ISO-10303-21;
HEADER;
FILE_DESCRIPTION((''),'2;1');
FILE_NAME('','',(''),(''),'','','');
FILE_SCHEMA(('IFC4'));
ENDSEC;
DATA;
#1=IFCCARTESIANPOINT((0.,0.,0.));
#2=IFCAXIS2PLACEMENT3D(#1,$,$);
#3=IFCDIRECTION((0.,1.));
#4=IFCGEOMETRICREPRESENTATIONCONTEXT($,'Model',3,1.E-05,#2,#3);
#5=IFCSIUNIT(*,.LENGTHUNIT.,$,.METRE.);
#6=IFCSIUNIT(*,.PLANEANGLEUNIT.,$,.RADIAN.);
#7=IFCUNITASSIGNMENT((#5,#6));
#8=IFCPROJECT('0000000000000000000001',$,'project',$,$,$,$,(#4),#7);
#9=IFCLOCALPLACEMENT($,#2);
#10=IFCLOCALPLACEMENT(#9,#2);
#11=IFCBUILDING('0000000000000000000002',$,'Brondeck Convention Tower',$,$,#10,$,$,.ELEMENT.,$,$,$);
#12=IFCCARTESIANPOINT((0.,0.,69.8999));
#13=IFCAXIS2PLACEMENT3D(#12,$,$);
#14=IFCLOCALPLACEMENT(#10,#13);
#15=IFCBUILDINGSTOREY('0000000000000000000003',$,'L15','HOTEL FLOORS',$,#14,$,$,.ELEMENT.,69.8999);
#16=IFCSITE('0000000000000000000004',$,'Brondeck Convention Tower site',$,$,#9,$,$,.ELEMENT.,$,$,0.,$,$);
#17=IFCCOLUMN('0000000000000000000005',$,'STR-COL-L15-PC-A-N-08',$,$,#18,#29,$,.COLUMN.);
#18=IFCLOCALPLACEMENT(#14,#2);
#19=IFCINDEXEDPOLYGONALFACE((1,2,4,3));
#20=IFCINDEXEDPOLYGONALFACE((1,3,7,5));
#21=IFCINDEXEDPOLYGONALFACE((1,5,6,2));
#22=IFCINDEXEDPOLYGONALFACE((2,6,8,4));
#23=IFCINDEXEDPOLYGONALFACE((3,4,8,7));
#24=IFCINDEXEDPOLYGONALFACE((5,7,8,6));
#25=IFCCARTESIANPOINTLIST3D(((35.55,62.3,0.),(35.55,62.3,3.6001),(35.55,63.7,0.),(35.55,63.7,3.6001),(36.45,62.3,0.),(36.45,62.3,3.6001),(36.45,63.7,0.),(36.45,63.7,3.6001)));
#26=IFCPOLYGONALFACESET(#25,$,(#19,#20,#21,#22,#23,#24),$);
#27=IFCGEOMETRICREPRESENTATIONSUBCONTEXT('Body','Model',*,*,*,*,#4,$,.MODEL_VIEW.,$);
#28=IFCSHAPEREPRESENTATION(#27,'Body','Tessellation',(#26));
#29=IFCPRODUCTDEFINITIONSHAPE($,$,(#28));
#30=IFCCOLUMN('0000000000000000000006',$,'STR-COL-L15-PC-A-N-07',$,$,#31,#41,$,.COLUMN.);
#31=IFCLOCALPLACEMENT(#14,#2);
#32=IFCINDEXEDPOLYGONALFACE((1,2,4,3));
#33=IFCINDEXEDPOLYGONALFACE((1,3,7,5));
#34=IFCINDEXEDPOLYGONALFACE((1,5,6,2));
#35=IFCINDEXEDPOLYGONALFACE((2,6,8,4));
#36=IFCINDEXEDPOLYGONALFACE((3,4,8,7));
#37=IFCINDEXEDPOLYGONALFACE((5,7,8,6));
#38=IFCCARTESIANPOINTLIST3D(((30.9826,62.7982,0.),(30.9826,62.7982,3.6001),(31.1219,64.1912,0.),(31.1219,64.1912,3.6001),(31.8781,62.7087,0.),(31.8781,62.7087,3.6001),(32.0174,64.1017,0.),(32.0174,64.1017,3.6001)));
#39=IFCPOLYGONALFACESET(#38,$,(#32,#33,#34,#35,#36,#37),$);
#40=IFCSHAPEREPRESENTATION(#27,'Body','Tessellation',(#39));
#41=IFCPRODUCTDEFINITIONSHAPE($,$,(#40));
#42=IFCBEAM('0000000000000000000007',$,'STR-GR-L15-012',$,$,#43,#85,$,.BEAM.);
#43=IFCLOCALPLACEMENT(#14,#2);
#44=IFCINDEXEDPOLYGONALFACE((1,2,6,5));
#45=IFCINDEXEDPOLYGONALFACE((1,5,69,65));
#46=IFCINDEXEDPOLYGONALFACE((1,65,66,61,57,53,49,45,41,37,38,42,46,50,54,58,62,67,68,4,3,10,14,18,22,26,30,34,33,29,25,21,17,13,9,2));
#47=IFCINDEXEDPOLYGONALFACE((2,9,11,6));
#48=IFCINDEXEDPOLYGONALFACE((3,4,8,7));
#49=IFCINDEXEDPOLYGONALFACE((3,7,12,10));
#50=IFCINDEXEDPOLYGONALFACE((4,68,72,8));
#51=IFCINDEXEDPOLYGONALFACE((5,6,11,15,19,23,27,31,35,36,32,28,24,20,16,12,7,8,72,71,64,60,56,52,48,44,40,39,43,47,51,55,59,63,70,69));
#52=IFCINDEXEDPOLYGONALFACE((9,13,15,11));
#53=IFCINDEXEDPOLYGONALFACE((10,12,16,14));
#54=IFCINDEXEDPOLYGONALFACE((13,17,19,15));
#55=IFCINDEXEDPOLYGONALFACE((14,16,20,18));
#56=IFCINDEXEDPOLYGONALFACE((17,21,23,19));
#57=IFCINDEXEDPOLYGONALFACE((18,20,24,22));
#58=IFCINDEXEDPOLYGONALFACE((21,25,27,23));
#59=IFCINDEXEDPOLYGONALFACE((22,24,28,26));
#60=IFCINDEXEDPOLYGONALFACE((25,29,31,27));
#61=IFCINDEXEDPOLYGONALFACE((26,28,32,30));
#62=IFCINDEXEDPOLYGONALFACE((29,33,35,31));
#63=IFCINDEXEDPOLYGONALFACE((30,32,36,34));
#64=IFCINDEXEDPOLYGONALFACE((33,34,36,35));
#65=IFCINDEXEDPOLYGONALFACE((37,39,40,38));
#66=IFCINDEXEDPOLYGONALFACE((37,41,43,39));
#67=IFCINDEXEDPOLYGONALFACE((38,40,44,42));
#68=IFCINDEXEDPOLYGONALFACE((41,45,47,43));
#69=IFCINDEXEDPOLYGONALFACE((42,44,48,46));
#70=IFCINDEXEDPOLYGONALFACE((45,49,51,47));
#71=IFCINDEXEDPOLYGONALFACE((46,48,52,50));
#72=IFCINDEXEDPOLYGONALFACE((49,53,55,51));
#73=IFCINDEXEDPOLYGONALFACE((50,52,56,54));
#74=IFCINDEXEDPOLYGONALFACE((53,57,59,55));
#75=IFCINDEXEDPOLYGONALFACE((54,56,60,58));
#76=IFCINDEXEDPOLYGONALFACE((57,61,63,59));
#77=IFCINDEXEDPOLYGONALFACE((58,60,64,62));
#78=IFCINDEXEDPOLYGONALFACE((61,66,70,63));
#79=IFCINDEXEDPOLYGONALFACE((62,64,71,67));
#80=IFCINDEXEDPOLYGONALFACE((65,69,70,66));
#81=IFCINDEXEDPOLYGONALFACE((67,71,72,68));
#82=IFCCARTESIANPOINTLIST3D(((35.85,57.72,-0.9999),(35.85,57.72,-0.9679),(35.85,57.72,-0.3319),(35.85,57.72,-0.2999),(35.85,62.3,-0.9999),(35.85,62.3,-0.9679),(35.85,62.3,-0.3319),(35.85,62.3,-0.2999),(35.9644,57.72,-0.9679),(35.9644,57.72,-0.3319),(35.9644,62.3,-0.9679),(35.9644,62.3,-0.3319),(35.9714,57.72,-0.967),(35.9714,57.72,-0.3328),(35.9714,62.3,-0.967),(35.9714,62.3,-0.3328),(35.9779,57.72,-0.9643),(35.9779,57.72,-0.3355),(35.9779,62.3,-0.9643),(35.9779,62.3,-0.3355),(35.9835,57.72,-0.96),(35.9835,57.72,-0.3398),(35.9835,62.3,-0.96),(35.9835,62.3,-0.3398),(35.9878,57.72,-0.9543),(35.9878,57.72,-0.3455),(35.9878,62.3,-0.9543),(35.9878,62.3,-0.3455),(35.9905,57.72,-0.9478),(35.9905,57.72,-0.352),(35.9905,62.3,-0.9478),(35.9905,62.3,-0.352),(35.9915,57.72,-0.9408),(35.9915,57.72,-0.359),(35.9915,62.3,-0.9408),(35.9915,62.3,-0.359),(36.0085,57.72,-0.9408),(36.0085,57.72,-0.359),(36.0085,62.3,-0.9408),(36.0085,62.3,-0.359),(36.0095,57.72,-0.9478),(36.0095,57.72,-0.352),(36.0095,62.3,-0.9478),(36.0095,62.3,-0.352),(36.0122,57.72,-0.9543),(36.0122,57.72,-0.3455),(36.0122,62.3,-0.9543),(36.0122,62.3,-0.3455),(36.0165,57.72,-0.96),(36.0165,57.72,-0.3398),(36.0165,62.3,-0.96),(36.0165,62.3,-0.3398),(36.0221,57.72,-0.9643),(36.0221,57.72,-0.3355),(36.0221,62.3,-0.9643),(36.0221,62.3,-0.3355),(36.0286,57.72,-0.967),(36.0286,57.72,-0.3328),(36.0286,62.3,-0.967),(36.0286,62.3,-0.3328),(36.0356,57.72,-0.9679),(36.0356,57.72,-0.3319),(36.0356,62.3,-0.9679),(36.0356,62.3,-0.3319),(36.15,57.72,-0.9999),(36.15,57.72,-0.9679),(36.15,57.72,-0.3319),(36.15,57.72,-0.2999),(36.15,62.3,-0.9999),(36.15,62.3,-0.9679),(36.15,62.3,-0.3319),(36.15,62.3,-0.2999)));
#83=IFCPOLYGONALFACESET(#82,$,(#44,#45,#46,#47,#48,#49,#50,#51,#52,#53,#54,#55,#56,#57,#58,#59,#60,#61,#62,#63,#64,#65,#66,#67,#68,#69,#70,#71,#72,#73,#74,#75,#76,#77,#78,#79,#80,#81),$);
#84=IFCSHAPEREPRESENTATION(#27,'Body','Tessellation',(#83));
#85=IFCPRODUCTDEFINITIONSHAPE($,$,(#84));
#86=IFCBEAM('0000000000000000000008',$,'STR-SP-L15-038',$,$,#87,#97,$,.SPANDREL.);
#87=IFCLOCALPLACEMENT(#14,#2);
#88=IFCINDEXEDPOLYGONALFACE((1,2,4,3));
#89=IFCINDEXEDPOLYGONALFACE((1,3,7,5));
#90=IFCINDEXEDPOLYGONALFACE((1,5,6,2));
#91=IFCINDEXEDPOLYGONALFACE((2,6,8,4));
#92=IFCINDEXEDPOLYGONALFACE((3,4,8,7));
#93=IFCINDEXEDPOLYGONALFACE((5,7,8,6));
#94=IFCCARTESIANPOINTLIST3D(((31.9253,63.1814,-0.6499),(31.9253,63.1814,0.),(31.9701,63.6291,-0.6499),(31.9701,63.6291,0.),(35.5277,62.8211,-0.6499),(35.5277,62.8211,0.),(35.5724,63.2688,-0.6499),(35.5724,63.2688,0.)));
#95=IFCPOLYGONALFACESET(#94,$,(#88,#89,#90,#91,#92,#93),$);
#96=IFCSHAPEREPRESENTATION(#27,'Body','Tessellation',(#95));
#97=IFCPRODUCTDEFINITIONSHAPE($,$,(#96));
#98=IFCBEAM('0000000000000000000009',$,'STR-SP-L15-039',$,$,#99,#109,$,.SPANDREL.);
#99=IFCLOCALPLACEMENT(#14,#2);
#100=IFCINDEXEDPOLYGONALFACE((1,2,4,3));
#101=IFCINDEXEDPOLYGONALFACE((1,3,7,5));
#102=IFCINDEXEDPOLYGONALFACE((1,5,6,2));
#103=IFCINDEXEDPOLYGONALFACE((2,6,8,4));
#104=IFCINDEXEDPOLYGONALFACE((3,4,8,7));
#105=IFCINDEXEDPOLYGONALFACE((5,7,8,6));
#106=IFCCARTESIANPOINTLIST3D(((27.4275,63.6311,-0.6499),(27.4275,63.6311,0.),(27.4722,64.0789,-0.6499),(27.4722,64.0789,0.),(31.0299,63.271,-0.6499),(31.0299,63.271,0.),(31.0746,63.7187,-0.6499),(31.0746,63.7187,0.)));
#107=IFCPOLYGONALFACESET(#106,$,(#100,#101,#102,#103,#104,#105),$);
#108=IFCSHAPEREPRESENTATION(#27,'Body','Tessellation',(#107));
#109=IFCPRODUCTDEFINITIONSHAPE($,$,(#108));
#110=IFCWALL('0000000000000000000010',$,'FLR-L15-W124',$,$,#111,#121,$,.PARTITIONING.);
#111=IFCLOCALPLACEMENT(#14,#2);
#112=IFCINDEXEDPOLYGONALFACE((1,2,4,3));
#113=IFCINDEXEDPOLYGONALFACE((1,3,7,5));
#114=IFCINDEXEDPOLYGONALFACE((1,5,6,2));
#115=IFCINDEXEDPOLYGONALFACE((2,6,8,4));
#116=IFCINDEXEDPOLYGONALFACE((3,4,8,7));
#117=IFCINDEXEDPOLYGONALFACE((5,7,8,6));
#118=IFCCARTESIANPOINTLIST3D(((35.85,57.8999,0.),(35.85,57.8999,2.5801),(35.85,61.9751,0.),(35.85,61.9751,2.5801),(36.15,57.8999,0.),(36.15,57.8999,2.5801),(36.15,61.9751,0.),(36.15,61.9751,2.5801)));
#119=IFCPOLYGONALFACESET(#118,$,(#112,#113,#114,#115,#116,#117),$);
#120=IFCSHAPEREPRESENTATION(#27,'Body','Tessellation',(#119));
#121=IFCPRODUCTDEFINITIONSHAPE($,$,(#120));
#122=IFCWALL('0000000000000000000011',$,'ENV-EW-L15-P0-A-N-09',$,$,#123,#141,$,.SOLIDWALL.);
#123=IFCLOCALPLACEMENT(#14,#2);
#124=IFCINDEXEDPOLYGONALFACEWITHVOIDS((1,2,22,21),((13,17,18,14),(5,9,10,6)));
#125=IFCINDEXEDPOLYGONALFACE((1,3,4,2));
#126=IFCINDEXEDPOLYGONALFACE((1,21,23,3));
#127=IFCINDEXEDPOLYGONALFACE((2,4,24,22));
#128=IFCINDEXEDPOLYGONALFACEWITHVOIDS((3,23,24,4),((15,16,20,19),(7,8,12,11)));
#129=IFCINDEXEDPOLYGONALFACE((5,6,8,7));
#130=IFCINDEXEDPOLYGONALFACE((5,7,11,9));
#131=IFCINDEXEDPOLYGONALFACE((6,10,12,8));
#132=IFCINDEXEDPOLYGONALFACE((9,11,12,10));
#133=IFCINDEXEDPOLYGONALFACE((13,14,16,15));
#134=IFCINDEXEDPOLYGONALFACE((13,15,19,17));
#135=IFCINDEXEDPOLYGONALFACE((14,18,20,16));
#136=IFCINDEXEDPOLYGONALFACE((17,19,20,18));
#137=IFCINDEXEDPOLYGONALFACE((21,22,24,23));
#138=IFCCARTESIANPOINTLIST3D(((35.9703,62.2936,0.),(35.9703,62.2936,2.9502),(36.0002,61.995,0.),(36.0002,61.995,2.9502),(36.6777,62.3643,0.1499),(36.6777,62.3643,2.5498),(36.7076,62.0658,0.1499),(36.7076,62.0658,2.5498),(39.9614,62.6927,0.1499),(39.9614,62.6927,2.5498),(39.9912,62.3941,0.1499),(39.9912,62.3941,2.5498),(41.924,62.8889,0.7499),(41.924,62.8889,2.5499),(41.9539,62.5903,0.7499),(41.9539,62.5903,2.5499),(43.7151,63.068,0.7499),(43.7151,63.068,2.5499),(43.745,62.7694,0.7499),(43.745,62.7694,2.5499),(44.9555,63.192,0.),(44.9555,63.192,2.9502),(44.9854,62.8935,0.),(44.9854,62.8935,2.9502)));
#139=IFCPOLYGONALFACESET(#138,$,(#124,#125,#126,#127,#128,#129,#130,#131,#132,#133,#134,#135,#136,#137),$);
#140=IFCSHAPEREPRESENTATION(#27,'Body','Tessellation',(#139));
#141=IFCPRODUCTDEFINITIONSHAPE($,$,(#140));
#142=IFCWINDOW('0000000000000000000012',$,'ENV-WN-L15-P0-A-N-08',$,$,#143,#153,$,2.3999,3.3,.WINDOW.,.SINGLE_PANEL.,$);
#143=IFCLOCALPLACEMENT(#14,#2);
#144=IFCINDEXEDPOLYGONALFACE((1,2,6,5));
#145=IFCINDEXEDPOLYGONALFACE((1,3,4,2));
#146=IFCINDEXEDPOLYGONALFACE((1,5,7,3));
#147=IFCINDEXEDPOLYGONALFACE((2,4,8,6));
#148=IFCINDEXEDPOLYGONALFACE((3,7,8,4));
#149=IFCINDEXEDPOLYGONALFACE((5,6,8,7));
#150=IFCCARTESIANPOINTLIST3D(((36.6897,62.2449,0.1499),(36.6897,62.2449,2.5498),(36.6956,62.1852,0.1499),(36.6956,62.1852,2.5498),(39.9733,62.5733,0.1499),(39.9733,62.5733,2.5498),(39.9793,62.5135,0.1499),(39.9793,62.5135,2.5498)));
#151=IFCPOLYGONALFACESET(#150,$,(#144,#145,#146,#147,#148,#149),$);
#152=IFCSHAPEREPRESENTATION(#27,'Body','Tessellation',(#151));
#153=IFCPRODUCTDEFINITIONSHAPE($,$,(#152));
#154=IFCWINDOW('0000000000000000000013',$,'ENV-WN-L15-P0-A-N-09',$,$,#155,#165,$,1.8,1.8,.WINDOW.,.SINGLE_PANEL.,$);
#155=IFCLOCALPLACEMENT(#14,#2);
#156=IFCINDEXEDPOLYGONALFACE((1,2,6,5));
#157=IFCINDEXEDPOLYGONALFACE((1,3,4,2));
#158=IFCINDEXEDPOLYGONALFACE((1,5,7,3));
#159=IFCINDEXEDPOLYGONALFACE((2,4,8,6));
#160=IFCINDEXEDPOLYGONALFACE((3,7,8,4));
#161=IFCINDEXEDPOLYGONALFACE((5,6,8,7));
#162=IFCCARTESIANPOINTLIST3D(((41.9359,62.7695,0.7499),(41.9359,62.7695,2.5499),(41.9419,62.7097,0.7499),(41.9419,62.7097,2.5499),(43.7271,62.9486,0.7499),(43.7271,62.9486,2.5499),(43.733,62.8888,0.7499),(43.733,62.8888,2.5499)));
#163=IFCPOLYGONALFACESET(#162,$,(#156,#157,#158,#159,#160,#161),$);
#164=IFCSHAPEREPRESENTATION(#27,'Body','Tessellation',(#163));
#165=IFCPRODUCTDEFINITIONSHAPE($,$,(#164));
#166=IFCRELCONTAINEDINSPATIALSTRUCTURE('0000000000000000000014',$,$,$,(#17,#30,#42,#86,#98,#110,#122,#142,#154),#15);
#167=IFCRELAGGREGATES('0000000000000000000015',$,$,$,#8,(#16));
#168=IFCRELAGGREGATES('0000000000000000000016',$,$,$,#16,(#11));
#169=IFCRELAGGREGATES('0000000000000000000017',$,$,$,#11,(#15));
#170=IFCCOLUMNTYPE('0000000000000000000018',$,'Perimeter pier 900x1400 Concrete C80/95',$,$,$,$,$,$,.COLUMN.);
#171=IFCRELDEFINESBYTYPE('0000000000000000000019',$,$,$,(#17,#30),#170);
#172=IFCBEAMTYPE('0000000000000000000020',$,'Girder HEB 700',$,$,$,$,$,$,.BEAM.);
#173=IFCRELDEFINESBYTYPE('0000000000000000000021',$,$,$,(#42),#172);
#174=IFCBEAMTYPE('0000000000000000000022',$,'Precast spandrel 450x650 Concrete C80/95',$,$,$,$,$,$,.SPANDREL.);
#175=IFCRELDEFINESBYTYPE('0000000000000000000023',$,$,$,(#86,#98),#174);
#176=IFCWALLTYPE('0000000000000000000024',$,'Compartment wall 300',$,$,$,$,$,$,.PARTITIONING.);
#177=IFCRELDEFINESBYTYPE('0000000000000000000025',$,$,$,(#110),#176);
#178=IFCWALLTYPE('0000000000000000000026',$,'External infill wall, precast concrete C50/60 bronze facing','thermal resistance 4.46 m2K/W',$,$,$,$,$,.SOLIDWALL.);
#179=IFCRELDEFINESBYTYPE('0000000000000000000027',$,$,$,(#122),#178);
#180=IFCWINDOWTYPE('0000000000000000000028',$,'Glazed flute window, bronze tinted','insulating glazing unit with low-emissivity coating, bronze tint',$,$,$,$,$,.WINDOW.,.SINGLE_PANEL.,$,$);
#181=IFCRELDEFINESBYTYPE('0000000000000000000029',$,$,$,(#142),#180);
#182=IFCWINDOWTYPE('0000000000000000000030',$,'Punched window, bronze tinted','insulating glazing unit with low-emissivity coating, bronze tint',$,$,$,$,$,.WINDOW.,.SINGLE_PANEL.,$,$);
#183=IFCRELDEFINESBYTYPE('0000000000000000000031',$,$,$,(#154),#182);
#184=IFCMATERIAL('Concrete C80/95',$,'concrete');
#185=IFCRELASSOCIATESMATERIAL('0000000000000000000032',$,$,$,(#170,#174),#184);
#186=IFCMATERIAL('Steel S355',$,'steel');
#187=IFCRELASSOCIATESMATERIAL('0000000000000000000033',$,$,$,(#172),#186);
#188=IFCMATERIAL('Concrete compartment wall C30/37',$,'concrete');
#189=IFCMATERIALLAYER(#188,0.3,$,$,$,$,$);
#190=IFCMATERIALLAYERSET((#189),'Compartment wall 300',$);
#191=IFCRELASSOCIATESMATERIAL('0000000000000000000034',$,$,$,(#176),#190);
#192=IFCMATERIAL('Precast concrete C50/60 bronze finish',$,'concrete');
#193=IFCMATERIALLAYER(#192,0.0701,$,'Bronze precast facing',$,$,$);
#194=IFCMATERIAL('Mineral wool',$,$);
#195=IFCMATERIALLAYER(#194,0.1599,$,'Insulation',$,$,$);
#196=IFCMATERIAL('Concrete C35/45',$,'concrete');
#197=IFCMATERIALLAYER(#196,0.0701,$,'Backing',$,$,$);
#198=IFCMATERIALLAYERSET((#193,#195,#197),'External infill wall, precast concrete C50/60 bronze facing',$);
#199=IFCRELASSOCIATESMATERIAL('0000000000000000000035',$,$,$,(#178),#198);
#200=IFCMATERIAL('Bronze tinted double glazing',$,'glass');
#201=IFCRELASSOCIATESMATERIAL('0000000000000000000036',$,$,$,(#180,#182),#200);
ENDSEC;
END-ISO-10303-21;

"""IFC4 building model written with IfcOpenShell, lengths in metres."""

from ifc_helpers import new_model, si_unit, direction, frame, frame_2d, origin, origin_2d, place, context, subcontext, project, spatial, rectangle, i_section, extrude, material, layer, layer_set, material_profile, profile_set, type_object, element, fill, save


model = new_model("IFC4")

# Units and contexts
model_context = context("Model", 3, precision=1e-05, world=origin(), true_north=direction((0.0, 1.0)))
body_context = subcontext(model_context, "Body", "Model", "MODEL_VIEW")
ifc_project = project(units=[si_unit("LENGTHUNIT", "METRE"), si_unit("PLANEANGLEUNIT", "RADIAN")], contexts=[model_context])

# Site, building, storey
site_placement = place(None, origin())
site = spatial("IfcSite", under=ifc_project, at=site_placement, Name="Brondeck Convention Tower site", CompositionType="ELEMENT", RefElevation=0.0)
building_placement = place(site_placement, origin())
building = spatial("IfcBuilding", under=site, at=building_placement, Name="Brondeck Convention Tower", CompositionType="ELEMENT")
storey_placement = place(building_placement, frame((0.0, 0.0, 69.8999)))
storey = spatial("IfcBuildingStorey", under=building, at=storey_placement, Name="L15", Description="HOTEL FLOORS", CompositionType="ELEMENT", Elevation=69.8999)

# Columns
ifc_material_1 = material(Name="Concrete C80/95", Category="concrete")
ifc_material_profile_1 = material_profile(ifc_material_1, rectangle(XDim=0.8999, YDim=1.3999, at=origin_2d()), Name="Perimeter pier 900x1400 Concrete C80/95")
ifc_profile_set_1 = profile_set([ifc_material_profile_1], Name="Concrete C80/95")
column_type = type_object("IfcColumnType", Name="Perimeter pier 900x1400 Concrete C80/95", PredefinedType="COLUMN", material=ifc_profile_set_1)
for number, where, z_axis, x_axis, name in (
    (1, (36.0, 63.0, 0.0), (0.0, 0.0, 1.0), (-1.0, 0.0, 0.0), "STR-COL-L15-PC-A-N-08"),
    (2, (31.5, 63.45, 0.0), (0.0, 0.0, 1.0), (-0.995037, 0.099504, 0.0), "STR-COL-L15-PC-A-N-07"),
):
    element("IfcColumn", number, at=place(storey_placement, frame(where, z_axis=z_axis, x_axis=x_axis)), inside=storey, type_object=column_type, Name=name, PredefinedType="COLUMN", context=body_context, shape_type="SweptSolid", body=[
        extrude(rectangle(XDim=0.8999, YDim=1.3999, at=origin_2d()), origin(), (0.0, 0.0, 1.0), 3.6001),
    ])

# Beams
ifc_material_2 = material(Name="Steel S355", Category="steel")
ifc_material_profile_2 = material_profile(ifc_material_2, i_section(OverallWidth=0.3, OverallDepth=0.7, WebThickness=0.0171, FlangeThickness=0.032, FilletRadius=0.0271, at=origin_2d()), Name="HEB 700")
ifc_profile_set_2 = profile_set([ifc_material_profile_2], Name="Steel S355")
beam_type_1 = type_object("IfcBeamType", Name="Girder HEB 700", PredefinedType="BEAM", material=ifc_profile_set_2)
beam_placement = place(storey_placement, frame((36.0, 57.72, -0.6499), z_axis=(0.0, 1.0, 0.0), x_axis=(-1.0, 0.0, 0.0)))
element("IfcBeam", 3, at=beam_placement, inside=storey, type_object=beam_type_1, Name="STR-GR-L15-012", PredefinedType="BEAM", context=body_context, shape_type="SweptSolid", body=[
    extrude(i_section(OverallWidth=0.3, OverallDepth=0.7, WebThickness=0.0171, FlangeThickness=0.032, FilletRadius=0.0271, at=origin_2d()), origin(), (0.0, 0.0, 1.0), 4.5801),
])
ifc_material_profile_3 = material_profile(ifc_material_1, rectangle(XDim=0.45, YDim=0.6499, at=origin_2d()), Name="Precast spandrel 450x650 Concrete C80/95")
ifc_profile_set_3 = profile_set([ifc_material_profile_3], Name="Concrete C80/95")
beam_type_2 = type_object("IfcBeamType", Name="Precast spandrel 450x650 Concrete C80/95", PredefinedType="SPANDREL", material=ifc_profile_set_3)
for number, where, z_axis, x_axis, name in (
    (4, (35.55, 63.0449, -0.325), (-0.995034, 0.099537, 0.0), (-0.099537, -0.995034, 0.0), "STR-SP-L15-038"),
    (5, (31.0522, 63.4949, -0.325), (-0.995041, 0.09947, 0.0), (-0.09947, -0.995041, 0.0), "STR-SP-L15-039"),
):
    element("IfcBeam", number, at=place(storey_placement, frame(where, z_axis=z_axis, x_axis=x_axis)), inside=storey, type_object=beam_type_2, Name=name, PredefinedType="SPANDREL", context=body_context, shape_type="SweptSolid", body=[
        extrude(rectangle(XDim=0.45, YDim=0.6499, at=origin_2d()), origin(), (0.0, 0.0, 1.0), 3.6204),
    ])

# Wall
ifc_material_3 = material(Name="Concrete compartment wall C30/37", Category="concrete")
ifc_layer_1 = layer(ifc_material_3, 0.3)
ifc_layer_set_1 = layer_set([ifc_layer_1], Name="Compartment wall 300")
wall_type_1 = type_object("IfcWallType", Name="Compartment wall 300", PredefinedType="PARTITIONING", material=ifc_layer_set_1)
wall_1_placement = place(storey_placement, frame((36.0, 61.9751, 0.0), z_axis=(0.0, 0.0, 1.0), x_axis=(0.0, -1.0, 0.0)))
element("IfcWall", 6, at=wall_1_placement, inside=storey, type_object=wall_type_1, Name="FLR-L15-W124", PredefinedType="PARTITIONING", context=body_context, shape_type="SweptSolid", body=[
    extrude(rectangle(XDim=4.0752, YDim=0.3, at=frame_2d((2.0376, 0.0))), origin(), (0.0, 0.0, 1.0), 2.5801),
])

# Wall, openings, windows
ifc_material_4 = material(Name="Precast concrete C50/60 bronze finish", Category="concrete")
ifc_layer_2 = layer(ifc_material_4, 0.0701, Name="Bronze precast facing")
ifc_material_5 = material(Name="Mineral wool")
ifc_layer_3 = layer(ifc_material_5, 0.1599, Name="Insulation")
ifc_material_6 = material(Name="Concrete C35/45", Category="concrete")
ifc_layer_4 = layer(ifc_material_6, 0.0701, Name="Backing")
ifc_layer_set_2 = layer_set([ifc_layer_2, ifc_layer_3, ifc_layer_4], Name="External infill wall, precast concrete C50/60 bronze facing")
wall_type_2 = type_object("IfcWallType", Name="External infill wall, precast concrete C50/60 bronze facing", Description="thermal resistance 4.46 m2K/W", PredefinedType="SOLIDWALL", material=ifc_layer_set_2)
wall_2_placement = place(storey_placement, frame((35.9851, 62.1443, 0.0), z_axis=(0.0, 0.0, 1.0), x_axis=(0.995038, 0.099496, 0.0)))
wall_2 = element("IfcWall", 7, at=wall_2_placement, inside=storey, type_object=wall_type_2, Name="ENV-EW-L15-P0-A-N-09", PredefinedType="SOLIDWALL", context=body_context, shape_type="SweptSolid", body=[
    extrude(rectangle(XDim=9.03, YDim=0.3, at=frame_2d((4.5151, 0.0))), origin(), (0.0, 0.0, 1.0), 2.9502),
])
opening_1_placement = place(wall_2_placement, frame((0.7112, 0.0, 0.1499)))
opening_1 = element("IfcOpeningElement", 8, at=opening_1_placement, cuts=wall_2, PredefinedType="OPENING", context=body_context, shape_type="SweptSolid", body=[
    extrude(rectangle(XDim=3.3, YDim=2.3999, at=frame_2d((1.6499, 1.2))), frame((0.0, 0.1599, 0.0), z_axis=(0.0, -1.0, 0.0), x_axis=(1.0, 0.0, 0.0)), (0.0, 0.0, 1.0), 0.3201),
])
opening_2_placement = place(wall_2_placement, frame((5.9836, 0.0, 0.75)))
opening_2 = element("IfcOpeningElement", 9, at=opening_2_placement, cuts=wall_2, PredefinedType="OPENING", context=body_context, shape_type="SweptSolid", body=[
    extrude(rectangle(XDim=1.8, YDim=1.8, at=frame_2d((0.8999, 0.8999))), frame((0.0, 0.1599, 0.0), z_axis=(0.0, -1.0, 0.0), x_axis=(1.0, 0.0, 0.0)), (0.0, 0.0, 1.0), 0.3201),
])
ifc_material_7 = material(Name="Bronze tinted double glazing", Category="glass")
window_type_1 = type_object("IfcWindowType", Name="Glazed flute window, bronze tinted", Description="insulating glazing unit with low-emissivity coating, bronze tint", PartitioningType="SINGLE_PANEL", PredefinedType="WINDOW", material=ifc_material_7)
window_1_placement = place(opening_1_placement, origin())
window_1 = element("IfcWindow", 10, at=window_1_placement, inside=storey, type_object=window_type_1, Name="ENV-WN-L15-P0-A-N-08", OverallHeight=2.3999, OverallWidth=3.3, PartitioningType="SINGLE_PANEL", PredefinedType="WINDOW", context=body_context, shape_type="SweptSolid", body=[
    extrude(rectangle(XDim=3.3, YDim=2.3999, at=frame_2d((1.6499, 1.2))), frame((0.0, 0.03, 0.0), z_axis=(0.0, -1.0, 0.0), x_axis=(1.0, 0.0, 0.0)), (0.0, 0.0, 1.0), 0.0601),
])
fill(opening_1, window_1)
window_type_2 = type_object("IfcWindowType", Name="Punched window, bronze tinted", Description="insulating glazing unit with low-emissivity coating, bronze tint", PartitioningType="SINGLE_PANEL", PredefinedType="WINDOW", material=ifc_material_7)
window_2_placement = place(opening_2_placement, origin())
window_2 = element("IfcWindow", 11, at=window_2_placement, inside=storey, type_object=window_type_2, Name="ENV-WN-L15-P0-A-N-09", OverallHeight=1.8, OverallWidth=1.8, PartitioningType="SINGLE_PANEL", PredefinedType="WINDOW", context=body_context, shape_type="SweptSolid", body=[
    extrude(rectangle(XDim=1.8, YDim=1.8, at=frame_2d((0.8999, 0.8999))), frame((0.0, 0.03, 0.0), z_axis=(0.0, -1.0, 0.0), x_axis=(1.0, 0.0, 0.0)), (0.0, 0.0, 1.0), 0.0601),
])
fill(opening_2, window_2)

save(model, "model.ifc")
